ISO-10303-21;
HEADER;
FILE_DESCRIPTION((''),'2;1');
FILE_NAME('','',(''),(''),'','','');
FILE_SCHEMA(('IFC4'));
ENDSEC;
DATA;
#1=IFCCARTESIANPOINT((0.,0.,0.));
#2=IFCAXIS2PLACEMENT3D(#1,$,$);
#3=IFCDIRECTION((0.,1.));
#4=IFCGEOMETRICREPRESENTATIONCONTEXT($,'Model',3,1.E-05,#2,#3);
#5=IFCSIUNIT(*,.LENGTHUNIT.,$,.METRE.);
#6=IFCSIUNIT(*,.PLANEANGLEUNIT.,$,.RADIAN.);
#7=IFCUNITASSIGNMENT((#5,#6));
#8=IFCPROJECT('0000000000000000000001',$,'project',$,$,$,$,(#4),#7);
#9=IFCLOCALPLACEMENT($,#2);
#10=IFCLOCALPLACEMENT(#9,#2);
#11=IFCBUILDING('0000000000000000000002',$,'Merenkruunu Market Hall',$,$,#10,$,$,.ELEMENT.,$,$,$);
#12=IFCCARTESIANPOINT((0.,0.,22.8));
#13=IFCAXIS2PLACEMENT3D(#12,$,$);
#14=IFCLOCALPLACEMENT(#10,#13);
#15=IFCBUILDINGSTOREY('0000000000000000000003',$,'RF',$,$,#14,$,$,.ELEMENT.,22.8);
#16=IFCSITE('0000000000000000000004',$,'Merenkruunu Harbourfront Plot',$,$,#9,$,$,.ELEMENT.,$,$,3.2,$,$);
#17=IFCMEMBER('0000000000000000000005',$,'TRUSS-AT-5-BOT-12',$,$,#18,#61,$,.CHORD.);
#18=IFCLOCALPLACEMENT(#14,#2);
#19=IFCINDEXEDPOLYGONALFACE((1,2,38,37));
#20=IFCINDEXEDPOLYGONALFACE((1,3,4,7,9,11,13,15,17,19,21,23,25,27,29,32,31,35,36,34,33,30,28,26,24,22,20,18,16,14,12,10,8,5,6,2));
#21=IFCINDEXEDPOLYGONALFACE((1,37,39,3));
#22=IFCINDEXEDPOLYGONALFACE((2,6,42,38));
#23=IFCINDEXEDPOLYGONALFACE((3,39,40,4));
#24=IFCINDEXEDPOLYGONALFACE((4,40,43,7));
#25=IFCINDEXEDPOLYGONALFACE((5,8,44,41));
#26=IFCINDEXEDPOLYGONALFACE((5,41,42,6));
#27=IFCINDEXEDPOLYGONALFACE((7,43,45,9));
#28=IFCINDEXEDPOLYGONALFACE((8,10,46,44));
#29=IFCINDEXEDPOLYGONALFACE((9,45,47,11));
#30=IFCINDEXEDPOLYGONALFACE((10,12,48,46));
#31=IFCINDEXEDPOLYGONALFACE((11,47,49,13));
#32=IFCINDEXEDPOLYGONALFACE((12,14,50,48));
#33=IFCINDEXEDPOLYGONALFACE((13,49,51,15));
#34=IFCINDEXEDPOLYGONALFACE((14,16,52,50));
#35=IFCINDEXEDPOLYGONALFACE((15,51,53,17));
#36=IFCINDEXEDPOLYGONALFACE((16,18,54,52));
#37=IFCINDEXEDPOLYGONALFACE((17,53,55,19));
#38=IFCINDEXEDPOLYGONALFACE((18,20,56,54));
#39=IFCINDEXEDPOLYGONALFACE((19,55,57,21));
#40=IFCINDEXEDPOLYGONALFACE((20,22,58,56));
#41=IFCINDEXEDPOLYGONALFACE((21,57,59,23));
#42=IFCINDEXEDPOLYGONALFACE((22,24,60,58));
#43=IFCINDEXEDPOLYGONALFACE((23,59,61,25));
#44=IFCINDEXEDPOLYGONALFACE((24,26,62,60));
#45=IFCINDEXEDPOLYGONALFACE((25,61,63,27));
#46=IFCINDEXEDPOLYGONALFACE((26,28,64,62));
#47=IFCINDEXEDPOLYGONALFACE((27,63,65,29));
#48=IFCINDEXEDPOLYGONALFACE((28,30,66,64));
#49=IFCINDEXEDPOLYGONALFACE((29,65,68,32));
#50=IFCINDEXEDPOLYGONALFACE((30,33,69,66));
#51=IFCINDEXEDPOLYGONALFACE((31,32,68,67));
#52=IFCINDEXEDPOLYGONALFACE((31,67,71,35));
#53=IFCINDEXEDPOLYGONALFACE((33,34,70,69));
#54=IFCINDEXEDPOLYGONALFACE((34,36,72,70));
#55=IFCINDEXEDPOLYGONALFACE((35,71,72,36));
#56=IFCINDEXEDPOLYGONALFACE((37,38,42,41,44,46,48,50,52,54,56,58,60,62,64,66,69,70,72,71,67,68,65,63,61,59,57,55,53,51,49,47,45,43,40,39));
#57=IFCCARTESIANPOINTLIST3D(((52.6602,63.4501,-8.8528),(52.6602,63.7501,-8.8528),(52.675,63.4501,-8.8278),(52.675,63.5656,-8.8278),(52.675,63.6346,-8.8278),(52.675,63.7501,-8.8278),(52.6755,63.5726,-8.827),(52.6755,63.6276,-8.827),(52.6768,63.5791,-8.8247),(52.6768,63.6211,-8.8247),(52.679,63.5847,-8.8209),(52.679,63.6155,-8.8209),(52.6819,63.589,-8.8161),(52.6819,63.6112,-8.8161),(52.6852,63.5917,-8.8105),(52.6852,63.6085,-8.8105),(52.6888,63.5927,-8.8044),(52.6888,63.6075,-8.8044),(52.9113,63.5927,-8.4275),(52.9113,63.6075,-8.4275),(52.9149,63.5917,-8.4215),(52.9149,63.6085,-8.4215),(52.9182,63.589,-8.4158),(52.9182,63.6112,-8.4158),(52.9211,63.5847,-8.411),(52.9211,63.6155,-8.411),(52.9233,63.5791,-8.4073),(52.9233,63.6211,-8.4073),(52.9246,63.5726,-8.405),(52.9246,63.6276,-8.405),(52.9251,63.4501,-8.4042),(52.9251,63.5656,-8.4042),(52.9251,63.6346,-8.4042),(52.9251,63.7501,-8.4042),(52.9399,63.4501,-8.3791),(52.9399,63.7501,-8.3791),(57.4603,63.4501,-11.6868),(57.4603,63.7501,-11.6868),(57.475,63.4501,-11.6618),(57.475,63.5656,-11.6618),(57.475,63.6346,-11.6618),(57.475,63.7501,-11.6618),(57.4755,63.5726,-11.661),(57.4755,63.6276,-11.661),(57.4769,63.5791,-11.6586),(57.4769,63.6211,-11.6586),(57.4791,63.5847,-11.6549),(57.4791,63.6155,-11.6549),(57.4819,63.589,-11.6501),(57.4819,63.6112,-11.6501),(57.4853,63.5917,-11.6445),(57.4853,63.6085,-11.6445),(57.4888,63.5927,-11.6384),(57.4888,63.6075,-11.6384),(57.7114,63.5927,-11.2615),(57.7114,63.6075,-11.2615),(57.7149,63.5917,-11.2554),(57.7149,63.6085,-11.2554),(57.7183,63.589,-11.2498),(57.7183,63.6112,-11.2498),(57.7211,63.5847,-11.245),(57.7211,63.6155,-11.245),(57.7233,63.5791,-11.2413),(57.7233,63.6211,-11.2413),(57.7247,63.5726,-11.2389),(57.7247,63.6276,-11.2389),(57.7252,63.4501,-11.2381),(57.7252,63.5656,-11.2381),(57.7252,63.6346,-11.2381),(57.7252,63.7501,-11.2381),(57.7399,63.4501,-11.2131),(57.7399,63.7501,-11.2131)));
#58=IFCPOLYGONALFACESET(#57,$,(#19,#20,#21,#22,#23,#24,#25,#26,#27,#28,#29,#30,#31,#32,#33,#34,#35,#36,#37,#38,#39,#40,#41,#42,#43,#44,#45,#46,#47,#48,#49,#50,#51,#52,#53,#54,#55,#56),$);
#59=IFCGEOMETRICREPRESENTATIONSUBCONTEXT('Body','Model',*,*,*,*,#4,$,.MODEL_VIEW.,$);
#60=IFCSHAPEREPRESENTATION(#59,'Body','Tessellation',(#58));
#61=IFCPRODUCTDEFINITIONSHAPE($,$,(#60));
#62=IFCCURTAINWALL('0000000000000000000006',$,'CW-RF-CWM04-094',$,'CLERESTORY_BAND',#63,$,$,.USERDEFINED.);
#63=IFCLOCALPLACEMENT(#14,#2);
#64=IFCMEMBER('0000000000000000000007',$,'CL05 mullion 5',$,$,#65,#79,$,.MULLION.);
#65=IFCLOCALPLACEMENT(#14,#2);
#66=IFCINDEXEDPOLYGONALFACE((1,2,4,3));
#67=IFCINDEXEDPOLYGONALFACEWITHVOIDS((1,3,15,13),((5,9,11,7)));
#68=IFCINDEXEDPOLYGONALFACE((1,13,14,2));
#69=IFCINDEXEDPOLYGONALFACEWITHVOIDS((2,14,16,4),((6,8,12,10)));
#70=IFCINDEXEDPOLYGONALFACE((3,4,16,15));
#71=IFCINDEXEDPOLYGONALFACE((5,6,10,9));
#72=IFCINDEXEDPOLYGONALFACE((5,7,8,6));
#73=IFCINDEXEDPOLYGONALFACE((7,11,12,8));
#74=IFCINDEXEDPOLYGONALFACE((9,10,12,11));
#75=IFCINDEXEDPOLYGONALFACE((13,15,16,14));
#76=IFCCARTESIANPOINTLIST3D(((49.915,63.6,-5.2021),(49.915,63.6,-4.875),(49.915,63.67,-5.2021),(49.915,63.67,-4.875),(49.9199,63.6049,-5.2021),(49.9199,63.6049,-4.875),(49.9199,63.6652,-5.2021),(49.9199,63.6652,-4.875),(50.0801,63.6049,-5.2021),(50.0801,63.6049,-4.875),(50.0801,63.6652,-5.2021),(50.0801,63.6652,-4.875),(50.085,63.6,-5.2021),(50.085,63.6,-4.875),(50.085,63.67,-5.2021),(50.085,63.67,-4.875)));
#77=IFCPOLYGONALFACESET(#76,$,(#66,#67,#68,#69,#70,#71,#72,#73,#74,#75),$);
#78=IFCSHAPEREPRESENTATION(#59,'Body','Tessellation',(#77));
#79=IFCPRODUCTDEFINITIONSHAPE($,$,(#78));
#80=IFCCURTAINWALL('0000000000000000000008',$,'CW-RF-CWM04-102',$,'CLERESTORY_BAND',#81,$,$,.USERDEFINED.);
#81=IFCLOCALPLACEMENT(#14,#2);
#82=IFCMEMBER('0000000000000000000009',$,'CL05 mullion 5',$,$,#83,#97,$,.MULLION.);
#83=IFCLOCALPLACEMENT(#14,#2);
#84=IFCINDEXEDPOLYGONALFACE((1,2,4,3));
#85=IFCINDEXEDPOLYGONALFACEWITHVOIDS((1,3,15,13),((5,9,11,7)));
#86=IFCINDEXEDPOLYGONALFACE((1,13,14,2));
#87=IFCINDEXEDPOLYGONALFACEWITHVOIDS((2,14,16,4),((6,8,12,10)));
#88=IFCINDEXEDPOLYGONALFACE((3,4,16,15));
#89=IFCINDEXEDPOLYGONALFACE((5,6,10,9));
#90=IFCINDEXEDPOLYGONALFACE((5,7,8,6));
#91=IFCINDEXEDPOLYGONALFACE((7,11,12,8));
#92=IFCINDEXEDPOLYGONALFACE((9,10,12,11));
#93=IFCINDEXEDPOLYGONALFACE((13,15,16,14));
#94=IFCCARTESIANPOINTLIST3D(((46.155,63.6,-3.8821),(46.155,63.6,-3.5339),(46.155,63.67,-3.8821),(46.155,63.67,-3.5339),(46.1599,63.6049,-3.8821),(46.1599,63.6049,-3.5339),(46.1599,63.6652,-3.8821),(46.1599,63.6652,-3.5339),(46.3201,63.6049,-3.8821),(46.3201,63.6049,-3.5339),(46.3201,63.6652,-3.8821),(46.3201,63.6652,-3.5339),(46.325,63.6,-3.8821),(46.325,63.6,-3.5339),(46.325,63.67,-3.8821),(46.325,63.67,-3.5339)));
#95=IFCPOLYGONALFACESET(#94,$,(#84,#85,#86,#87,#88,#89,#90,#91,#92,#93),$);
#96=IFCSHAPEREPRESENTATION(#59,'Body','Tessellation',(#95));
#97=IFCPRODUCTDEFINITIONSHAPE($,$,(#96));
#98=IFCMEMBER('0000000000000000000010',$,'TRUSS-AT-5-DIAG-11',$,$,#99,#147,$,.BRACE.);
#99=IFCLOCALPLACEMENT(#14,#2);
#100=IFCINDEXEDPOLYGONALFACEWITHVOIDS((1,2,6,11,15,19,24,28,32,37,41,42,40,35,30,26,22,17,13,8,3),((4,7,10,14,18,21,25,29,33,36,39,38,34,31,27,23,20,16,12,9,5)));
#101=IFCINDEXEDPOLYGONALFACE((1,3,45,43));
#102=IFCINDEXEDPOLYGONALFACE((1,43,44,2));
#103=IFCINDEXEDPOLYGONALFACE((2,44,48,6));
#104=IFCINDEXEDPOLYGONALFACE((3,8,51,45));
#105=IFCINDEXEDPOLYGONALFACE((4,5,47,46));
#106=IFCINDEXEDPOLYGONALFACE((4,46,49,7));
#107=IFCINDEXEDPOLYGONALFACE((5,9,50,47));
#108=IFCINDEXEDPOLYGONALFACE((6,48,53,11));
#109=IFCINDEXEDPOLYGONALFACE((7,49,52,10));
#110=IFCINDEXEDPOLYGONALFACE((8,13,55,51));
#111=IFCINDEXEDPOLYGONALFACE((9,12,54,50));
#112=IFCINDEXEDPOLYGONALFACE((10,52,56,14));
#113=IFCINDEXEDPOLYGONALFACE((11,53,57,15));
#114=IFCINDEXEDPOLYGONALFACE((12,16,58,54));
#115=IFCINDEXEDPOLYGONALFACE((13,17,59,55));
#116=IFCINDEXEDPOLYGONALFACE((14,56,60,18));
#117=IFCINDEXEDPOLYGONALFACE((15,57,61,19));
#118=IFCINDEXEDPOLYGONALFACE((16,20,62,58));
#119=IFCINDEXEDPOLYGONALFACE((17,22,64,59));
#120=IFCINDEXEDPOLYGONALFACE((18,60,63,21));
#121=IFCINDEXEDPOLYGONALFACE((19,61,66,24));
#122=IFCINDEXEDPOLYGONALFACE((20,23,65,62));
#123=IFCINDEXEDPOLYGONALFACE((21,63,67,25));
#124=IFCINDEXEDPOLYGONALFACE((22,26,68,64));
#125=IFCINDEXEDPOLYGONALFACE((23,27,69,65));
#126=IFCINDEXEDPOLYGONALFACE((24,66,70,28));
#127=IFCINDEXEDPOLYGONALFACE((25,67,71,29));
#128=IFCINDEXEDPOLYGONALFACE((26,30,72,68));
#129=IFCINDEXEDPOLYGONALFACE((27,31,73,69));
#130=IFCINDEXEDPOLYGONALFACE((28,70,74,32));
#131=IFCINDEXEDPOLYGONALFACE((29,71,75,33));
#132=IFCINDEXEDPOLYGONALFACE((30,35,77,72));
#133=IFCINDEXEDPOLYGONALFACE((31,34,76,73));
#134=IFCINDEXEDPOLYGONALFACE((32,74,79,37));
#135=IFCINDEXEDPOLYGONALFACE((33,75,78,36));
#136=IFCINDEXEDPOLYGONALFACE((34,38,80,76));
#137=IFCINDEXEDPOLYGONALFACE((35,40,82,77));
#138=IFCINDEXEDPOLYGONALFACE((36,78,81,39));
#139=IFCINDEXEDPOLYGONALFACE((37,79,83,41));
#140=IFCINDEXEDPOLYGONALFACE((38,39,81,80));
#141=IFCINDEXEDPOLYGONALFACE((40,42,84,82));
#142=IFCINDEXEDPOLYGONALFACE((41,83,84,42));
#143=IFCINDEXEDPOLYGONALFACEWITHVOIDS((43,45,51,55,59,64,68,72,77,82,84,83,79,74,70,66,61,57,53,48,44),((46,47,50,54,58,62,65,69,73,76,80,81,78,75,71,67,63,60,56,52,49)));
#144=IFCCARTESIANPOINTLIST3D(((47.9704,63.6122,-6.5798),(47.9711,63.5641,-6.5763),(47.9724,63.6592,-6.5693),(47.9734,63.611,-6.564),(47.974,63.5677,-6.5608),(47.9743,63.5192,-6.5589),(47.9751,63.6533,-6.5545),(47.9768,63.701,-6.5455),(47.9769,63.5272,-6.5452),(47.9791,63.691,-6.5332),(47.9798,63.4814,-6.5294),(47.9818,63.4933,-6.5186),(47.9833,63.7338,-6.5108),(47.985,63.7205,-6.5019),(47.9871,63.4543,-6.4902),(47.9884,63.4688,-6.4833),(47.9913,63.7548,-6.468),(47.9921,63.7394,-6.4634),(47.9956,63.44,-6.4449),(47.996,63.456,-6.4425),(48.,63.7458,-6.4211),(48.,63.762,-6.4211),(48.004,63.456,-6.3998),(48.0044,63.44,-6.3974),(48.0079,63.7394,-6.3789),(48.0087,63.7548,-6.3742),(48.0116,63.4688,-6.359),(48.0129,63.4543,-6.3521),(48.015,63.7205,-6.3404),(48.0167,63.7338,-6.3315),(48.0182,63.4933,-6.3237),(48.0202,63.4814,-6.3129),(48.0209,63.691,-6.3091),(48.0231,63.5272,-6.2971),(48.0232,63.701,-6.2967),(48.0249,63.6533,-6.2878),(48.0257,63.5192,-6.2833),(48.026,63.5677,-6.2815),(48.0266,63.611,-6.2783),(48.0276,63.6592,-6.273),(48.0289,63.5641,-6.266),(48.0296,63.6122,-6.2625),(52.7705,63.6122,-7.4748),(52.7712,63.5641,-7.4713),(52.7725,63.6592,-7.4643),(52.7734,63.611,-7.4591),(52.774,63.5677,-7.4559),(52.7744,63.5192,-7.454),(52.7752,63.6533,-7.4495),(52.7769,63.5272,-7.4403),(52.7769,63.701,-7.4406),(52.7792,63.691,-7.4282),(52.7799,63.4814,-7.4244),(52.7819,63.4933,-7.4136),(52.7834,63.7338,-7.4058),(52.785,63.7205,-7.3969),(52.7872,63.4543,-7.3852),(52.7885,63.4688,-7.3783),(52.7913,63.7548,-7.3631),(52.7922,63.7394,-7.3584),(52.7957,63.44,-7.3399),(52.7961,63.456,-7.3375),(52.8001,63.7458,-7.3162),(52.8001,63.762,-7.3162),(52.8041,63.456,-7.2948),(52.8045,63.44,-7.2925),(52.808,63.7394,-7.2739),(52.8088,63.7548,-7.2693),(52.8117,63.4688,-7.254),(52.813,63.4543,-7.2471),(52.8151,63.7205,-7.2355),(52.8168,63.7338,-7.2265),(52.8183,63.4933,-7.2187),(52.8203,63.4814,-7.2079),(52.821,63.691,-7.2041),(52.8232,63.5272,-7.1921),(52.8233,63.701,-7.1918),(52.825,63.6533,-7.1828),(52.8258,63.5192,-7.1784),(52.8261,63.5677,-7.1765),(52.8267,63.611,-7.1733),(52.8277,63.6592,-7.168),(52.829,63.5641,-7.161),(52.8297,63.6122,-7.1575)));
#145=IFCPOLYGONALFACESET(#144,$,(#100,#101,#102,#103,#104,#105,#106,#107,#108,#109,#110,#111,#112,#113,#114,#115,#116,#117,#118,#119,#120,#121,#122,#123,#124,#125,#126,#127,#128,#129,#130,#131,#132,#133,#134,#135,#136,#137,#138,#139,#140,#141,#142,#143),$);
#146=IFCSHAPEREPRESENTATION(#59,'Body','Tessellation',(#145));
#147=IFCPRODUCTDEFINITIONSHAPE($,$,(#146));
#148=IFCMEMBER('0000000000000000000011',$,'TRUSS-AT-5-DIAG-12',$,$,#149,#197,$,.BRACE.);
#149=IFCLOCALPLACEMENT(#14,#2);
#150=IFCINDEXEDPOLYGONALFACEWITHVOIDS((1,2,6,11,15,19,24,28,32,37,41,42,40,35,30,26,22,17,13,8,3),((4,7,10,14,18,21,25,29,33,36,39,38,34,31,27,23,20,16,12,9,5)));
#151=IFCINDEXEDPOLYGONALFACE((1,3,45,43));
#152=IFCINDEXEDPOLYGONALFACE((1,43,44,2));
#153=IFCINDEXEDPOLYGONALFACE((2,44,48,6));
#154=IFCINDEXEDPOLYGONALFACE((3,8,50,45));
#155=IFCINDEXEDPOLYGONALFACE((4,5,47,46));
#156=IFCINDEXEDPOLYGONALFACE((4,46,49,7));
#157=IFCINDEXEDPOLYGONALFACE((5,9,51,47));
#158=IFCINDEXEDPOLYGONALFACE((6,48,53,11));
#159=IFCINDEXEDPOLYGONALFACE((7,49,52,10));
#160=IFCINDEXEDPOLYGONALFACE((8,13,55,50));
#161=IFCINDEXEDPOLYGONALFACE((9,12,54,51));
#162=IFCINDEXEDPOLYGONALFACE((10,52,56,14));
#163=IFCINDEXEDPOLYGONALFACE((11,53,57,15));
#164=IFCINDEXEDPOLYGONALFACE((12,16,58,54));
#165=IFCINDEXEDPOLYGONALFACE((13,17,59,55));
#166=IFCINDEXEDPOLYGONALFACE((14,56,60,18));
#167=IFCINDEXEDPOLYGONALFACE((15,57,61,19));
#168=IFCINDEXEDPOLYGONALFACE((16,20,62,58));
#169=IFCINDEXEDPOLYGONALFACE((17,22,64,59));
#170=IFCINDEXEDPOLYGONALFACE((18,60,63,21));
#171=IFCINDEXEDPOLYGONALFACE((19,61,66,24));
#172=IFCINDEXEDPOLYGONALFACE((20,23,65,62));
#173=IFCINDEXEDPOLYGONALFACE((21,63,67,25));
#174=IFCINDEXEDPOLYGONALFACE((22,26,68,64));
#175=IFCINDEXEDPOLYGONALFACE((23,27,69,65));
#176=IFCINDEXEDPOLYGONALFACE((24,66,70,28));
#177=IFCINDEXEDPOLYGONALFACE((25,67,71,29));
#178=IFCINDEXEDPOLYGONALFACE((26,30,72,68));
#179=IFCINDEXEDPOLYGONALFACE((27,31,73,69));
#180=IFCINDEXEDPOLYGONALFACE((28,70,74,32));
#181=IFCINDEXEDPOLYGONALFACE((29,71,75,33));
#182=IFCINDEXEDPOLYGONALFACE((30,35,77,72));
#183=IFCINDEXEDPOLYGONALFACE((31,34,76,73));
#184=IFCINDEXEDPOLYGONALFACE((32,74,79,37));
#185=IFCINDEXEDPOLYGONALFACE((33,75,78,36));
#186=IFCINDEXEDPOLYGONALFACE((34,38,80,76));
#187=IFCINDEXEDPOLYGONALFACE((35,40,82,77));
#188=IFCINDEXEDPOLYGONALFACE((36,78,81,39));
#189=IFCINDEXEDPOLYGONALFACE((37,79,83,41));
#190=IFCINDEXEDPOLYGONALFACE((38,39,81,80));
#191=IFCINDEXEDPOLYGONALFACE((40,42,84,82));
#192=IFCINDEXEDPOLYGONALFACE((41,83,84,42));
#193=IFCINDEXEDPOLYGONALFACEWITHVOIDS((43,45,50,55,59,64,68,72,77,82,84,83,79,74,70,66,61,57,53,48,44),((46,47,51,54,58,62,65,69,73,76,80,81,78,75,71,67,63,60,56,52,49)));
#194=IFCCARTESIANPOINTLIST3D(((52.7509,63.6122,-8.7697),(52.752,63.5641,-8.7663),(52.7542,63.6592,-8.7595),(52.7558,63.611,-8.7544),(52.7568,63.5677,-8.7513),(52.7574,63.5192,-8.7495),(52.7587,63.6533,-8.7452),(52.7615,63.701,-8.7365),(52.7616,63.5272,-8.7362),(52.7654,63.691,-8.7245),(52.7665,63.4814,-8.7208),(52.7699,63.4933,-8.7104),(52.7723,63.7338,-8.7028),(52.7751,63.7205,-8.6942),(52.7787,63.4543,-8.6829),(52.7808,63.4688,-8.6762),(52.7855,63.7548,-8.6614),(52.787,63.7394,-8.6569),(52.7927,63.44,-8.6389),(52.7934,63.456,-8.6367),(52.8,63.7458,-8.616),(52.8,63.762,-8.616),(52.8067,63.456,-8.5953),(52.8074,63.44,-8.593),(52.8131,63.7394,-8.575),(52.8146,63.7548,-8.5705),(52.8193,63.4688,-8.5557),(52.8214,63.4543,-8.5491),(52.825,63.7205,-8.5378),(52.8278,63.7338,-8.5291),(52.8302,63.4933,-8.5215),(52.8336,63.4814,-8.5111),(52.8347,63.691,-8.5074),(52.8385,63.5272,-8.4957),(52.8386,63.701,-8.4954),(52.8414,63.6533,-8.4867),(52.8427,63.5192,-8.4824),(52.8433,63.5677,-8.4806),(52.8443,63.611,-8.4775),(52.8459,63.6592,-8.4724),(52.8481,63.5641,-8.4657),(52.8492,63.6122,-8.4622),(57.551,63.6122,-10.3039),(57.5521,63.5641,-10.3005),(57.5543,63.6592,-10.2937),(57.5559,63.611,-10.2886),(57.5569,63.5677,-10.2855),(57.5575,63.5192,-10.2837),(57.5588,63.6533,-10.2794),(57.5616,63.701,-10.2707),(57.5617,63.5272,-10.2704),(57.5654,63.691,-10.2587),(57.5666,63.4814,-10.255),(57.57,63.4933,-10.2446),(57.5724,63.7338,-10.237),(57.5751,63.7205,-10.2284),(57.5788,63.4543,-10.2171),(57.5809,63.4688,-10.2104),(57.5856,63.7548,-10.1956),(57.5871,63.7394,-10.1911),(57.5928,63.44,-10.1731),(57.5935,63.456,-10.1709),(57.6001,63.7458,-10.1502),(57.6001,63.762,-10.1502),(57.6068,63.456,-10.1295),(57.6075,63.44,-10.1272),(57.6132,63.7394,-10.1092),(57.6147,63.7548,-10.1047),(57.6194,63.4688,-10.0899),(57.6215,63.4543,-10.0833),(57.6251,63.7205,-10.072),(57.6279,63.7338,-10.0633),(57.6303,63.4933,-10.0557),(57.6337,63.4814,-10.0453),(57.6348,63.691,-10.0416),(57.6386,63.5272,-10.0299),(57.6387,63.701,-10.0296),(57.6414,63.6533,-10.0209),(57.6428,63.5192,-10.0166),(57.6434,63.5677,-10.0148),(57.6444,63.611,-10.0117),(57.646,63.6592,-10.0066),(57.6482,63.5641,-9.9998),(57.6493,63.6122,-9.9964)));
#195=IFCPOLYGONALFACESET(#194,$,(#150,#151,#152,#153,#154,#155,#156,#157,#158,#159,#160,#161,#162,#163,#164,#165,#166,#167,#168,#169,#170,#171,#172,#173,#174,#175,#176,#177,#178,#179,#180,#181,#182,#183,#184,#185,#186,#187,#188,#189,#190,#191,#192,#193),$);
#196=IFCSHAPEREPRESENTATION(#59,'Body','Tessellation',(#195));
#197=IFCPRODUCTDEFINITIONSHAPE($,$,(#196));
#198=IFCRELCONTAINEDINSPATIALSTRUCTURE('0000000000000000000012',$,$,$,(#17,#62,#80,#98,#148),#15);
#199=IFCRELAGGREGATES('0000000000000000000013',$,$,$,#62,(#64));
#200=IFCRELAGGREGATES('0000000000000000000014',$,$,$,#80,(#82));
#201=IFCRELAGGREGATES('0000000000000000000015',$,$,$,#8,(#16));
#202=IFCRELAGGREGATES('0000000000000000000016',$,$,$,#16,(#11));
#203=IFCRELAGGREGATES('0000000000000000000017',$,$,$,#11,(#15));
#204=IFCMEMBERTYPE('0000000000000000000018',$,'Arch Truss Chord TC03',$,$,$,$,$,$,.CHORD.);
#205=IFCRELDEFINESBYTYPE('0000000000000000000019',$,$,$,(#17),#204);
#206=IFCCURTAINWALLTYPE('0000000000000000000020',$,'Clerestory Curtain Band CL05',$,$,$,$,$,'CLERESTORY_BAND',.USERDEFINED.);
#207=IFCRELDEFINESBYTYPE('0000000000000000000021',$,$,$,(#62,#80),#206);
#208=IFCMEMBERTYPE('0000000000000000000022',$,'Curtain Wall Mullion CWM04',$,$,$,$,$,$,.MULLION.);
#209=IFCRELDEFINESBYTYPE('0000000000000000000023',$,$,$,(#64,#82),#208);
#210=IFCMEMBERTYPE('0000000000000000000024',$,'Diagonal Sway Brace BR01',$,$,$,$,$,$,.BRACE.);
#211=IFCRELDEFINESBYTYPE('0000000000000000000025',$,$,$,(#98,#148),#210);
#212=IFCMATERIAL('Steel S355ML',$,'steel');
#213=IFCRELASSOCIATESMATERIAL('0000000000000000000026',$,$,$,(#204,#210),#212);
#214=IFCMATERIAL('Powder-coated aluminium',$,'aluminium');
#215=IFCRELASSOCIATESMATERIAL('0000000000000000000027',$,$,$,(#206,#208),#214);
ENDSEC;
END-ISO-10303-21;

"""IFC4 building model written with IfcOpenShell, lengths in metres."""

from ifc_helpers import new_model, si_unit, direction, frame, origin, origin_2d, place, context, subcontext, project, spatial, hollow_rectangle, hollow_circle, i_section, extrude, material, material_profile, profile_set, type_object, element, aggregate, save


model = new_model("IFC4")

# Units and contexts
model_context = context("Model", 3, precision=1e-05, world=origin(), true_north=direction((0.0, 1.0)))
body_context = subcontext(model_context, "Body", "Model", "MODEL_VIEW")
ifc_project = project(units=[si_unit("LENGTHUNIT", "METRE"), si_unit("PLANEANGLEUNIT", "RADIAN")], contexts=[model_context])

# Site, building, storey
site_placement = place(None, origin())
site = spatial("IfcSite", under=ifc_project, at=site_placement, Name="Merenkruunu Harbourfront Plot", CompositionType="ELEMENT", RefElevation=3.2)
building_placement = place(site_placement, origin())
building = spatial("IfcBuilding", under=site, at=building_placement, Name="Merenkruunu Market Hall", CompositionType="ELEMENT")
storey_placement = place(building_placement, frame((0.0, 0.0, 22.8)))
storey = spatial("IfcBuildingStorey", under=building, at=storey_placement, Name="RF", CompositionType="ELEMENT", Elevation=22.8)

# Member
ifc_material_1 = material(Name="Steel S355ML", Category="steel")
ifc_material_profile_1 = material_profile(ifc_material_1, i_section(OverallWidth=0.3, OverallDepth=0.55, WebThickness=0.0149, FlangeThickness=0.0291, FilletRadius=0.0271, at=origin_2d()), Name="HEB 550")
ifc_profile_set_1 = profile_set([ifc_material_profile_1], Name="Steel S355ML")
member_type_1 = type_object("IfcMemberType", Name="Arch Truss Chord TC03", PredefinedType="CHORD", material=ifc_profile_set_1)
member_1_placement = place(storey_placement, frame((52.8, 63.6001, -8.616), z_axis=(0.861116, 0.0, -0.508409), x_axis=(0.0, 1.0, 0.0)))
element("IfcMember", 1, at=member_1_placement, inside=storey, type_object=member_type_1, Name="TRUSS-AT-5-BOT-12", PredefinedType="CHORD", context=body_context, shape_type="SweptSolid", body=[
    extrude(i_section(OverallWidth=0.3, OverallDepth=0.55, WebThickness=0.0149, FlangeThickness=0.0291, FilletRadius=0.0271, at=origin_2d()), origin(), (0.0, 0.0, 1.0), 5.5742),
])

# Curtain walls, members
ifc_material_2 = material(Name="Powder-coated aluminium", Category="aluminium")
curtain_wall_type = type_object("IfcCurtainWallType", Name="Clerestory Curtain Band CL05", ElementType="CLERESTORY_BAND", PredefinedType="USERDEFINED", material=ifc_material_2)
curtain_wall_1_placement = place(storey_placement, origin())
curtain_wall_1 = element("IfcCurtainWall", 2, at=curtain_wall_1_placement, inside=storey, type_object=curtain_wall_type, Name="CW-RF-CWM04-094", ObjectType="CLERESTORY_BAND", PredefinedType="USERDEFINED")
ifc_material_profile_2 = material_profile(ifc_material_2, hollow_rectangle(XDim=0.0701, YDim=0.1699, WallThickness=0.0049, at=origin_2d()), Name="ALU 70x170x5")
ifc_profile_set_2 = profile_set([ifc_material_profile_2], Name="Powder-coated aluminium")
member_type_2 = type_object("IfcMemberType", Name="Curtain Wall Mullion CWM04", PredefinedType="MULLION", material=ifc_profile_set_2)
member_2_placement = place(storey_placement, frame((50.0, 63.635, -5.2021), z_axis=(0.0, 0.0, 1.0), x_axis=(0.0, -1.0, 0.0)))
member_2 = element("IfcMember", 3, at=member_2_placement, type_object=member_type_2, Name="CL05 mullion 5", PredefinedType="MULLION", context=body_context, shape_type="SweptSolid", body=[
    extrude(hollow_rectangle(XDim=0.0701, YDim=0.1699, WallThickness=0.0049, at=origin_2d()), origin(), (0.0, 0.0, 1.0), 0.3271),
])
aggregate(curtain_wall_1, [member_2])
curtain_wall_2_placement = place(storey_placement, origin())
curtain_wall_2 = element("IfcCurtainWall", 4, at=curtain_wall_2_placement, inside=storey, type_object=curtain_wall_type, Name="CW-RF-CWM04-102", ObjectType="CLERESTORY_BAND", PredefinedType="USERDEFINED")
member_3_placement = place(storey_placement, frame((46.24, 63.635, -3.8821), z_axis=(0.0, 0.0, 1.0), x_axis=(0.0, -1.0, 0.0)))
member_3 = element("IfcMember", 5, at=member_3_placement, type_object=member_type_2, Name="CL05 mullion 5", PredefinedType="MULLION", context=body_context, shape_type="SweptSolid", body=[
    extrude(hollow_rectangle(XDim=0.0701, YDim=0.1699, WallThickness=0.0049, at=origin_2d()), origin(), (0.0, 0.0, 1.0), 0.3481),
])

# Members
ifc_material_profile_3 = material_profile(ifc_material_1, hollow_circle(Radius=0.1619, WallThickness=0.0161, at=origin_2d()), Name="CHS 323.9x16")
ifc_profile_set_3 = profile_set([ifc_material_profile_3], Name="Steel S355ML")
member_type_3 = type_object("IfcMemberType", Name="Diagonal Sway Brace BR01", PredefinedType="BRACE", material=ifc_profile_set_3)
member_4_placement = place(storey_placement, frame((48.0, 63.6001, -6.4211), z_axis=(0.983057, 0.0, -0.183301), x_axis=(0.0, 1.0, 0.0)))
element("IfcMember", 6, at=member_4_placement, inside=storey, type_object=member_type_3, Name="TRUSS-AT-5-DIAG-11", PredefinedType="BRACE", context=body_context, shape_type="SweptSolid", body=[
    extrude(hollow_circle(Radius=0.1619, WallThickness=0.0161, at=origin_2d()), origin(), (0.0, 0.0, 1.0), 4.8828),
])
member_5_placement = place(storey_placement, frame((52.8, 63.6001, -8.616), z_axis=(0.95253, 0.0, -0.304445), x_axis=(0.0, 1.0, 0.0)))
element("IfcMember", 7, at=member_5_placement, inside=storey, type_object=member_type_3, Name="TRUSS-AT-5-DIAG-12", PredefinedType="BRACE", context=body_context, shape_type="SweptSolid", body=[
    extrude(hollow_circle(Radius=0.1619, WallThickness=0.0161, at=origin_2d()), origin(), (0.0, 0.0, 1.0), 5.0393),
])

aggregate(curtain_wall_2, [member_3])

save(model, "model.ifc")
